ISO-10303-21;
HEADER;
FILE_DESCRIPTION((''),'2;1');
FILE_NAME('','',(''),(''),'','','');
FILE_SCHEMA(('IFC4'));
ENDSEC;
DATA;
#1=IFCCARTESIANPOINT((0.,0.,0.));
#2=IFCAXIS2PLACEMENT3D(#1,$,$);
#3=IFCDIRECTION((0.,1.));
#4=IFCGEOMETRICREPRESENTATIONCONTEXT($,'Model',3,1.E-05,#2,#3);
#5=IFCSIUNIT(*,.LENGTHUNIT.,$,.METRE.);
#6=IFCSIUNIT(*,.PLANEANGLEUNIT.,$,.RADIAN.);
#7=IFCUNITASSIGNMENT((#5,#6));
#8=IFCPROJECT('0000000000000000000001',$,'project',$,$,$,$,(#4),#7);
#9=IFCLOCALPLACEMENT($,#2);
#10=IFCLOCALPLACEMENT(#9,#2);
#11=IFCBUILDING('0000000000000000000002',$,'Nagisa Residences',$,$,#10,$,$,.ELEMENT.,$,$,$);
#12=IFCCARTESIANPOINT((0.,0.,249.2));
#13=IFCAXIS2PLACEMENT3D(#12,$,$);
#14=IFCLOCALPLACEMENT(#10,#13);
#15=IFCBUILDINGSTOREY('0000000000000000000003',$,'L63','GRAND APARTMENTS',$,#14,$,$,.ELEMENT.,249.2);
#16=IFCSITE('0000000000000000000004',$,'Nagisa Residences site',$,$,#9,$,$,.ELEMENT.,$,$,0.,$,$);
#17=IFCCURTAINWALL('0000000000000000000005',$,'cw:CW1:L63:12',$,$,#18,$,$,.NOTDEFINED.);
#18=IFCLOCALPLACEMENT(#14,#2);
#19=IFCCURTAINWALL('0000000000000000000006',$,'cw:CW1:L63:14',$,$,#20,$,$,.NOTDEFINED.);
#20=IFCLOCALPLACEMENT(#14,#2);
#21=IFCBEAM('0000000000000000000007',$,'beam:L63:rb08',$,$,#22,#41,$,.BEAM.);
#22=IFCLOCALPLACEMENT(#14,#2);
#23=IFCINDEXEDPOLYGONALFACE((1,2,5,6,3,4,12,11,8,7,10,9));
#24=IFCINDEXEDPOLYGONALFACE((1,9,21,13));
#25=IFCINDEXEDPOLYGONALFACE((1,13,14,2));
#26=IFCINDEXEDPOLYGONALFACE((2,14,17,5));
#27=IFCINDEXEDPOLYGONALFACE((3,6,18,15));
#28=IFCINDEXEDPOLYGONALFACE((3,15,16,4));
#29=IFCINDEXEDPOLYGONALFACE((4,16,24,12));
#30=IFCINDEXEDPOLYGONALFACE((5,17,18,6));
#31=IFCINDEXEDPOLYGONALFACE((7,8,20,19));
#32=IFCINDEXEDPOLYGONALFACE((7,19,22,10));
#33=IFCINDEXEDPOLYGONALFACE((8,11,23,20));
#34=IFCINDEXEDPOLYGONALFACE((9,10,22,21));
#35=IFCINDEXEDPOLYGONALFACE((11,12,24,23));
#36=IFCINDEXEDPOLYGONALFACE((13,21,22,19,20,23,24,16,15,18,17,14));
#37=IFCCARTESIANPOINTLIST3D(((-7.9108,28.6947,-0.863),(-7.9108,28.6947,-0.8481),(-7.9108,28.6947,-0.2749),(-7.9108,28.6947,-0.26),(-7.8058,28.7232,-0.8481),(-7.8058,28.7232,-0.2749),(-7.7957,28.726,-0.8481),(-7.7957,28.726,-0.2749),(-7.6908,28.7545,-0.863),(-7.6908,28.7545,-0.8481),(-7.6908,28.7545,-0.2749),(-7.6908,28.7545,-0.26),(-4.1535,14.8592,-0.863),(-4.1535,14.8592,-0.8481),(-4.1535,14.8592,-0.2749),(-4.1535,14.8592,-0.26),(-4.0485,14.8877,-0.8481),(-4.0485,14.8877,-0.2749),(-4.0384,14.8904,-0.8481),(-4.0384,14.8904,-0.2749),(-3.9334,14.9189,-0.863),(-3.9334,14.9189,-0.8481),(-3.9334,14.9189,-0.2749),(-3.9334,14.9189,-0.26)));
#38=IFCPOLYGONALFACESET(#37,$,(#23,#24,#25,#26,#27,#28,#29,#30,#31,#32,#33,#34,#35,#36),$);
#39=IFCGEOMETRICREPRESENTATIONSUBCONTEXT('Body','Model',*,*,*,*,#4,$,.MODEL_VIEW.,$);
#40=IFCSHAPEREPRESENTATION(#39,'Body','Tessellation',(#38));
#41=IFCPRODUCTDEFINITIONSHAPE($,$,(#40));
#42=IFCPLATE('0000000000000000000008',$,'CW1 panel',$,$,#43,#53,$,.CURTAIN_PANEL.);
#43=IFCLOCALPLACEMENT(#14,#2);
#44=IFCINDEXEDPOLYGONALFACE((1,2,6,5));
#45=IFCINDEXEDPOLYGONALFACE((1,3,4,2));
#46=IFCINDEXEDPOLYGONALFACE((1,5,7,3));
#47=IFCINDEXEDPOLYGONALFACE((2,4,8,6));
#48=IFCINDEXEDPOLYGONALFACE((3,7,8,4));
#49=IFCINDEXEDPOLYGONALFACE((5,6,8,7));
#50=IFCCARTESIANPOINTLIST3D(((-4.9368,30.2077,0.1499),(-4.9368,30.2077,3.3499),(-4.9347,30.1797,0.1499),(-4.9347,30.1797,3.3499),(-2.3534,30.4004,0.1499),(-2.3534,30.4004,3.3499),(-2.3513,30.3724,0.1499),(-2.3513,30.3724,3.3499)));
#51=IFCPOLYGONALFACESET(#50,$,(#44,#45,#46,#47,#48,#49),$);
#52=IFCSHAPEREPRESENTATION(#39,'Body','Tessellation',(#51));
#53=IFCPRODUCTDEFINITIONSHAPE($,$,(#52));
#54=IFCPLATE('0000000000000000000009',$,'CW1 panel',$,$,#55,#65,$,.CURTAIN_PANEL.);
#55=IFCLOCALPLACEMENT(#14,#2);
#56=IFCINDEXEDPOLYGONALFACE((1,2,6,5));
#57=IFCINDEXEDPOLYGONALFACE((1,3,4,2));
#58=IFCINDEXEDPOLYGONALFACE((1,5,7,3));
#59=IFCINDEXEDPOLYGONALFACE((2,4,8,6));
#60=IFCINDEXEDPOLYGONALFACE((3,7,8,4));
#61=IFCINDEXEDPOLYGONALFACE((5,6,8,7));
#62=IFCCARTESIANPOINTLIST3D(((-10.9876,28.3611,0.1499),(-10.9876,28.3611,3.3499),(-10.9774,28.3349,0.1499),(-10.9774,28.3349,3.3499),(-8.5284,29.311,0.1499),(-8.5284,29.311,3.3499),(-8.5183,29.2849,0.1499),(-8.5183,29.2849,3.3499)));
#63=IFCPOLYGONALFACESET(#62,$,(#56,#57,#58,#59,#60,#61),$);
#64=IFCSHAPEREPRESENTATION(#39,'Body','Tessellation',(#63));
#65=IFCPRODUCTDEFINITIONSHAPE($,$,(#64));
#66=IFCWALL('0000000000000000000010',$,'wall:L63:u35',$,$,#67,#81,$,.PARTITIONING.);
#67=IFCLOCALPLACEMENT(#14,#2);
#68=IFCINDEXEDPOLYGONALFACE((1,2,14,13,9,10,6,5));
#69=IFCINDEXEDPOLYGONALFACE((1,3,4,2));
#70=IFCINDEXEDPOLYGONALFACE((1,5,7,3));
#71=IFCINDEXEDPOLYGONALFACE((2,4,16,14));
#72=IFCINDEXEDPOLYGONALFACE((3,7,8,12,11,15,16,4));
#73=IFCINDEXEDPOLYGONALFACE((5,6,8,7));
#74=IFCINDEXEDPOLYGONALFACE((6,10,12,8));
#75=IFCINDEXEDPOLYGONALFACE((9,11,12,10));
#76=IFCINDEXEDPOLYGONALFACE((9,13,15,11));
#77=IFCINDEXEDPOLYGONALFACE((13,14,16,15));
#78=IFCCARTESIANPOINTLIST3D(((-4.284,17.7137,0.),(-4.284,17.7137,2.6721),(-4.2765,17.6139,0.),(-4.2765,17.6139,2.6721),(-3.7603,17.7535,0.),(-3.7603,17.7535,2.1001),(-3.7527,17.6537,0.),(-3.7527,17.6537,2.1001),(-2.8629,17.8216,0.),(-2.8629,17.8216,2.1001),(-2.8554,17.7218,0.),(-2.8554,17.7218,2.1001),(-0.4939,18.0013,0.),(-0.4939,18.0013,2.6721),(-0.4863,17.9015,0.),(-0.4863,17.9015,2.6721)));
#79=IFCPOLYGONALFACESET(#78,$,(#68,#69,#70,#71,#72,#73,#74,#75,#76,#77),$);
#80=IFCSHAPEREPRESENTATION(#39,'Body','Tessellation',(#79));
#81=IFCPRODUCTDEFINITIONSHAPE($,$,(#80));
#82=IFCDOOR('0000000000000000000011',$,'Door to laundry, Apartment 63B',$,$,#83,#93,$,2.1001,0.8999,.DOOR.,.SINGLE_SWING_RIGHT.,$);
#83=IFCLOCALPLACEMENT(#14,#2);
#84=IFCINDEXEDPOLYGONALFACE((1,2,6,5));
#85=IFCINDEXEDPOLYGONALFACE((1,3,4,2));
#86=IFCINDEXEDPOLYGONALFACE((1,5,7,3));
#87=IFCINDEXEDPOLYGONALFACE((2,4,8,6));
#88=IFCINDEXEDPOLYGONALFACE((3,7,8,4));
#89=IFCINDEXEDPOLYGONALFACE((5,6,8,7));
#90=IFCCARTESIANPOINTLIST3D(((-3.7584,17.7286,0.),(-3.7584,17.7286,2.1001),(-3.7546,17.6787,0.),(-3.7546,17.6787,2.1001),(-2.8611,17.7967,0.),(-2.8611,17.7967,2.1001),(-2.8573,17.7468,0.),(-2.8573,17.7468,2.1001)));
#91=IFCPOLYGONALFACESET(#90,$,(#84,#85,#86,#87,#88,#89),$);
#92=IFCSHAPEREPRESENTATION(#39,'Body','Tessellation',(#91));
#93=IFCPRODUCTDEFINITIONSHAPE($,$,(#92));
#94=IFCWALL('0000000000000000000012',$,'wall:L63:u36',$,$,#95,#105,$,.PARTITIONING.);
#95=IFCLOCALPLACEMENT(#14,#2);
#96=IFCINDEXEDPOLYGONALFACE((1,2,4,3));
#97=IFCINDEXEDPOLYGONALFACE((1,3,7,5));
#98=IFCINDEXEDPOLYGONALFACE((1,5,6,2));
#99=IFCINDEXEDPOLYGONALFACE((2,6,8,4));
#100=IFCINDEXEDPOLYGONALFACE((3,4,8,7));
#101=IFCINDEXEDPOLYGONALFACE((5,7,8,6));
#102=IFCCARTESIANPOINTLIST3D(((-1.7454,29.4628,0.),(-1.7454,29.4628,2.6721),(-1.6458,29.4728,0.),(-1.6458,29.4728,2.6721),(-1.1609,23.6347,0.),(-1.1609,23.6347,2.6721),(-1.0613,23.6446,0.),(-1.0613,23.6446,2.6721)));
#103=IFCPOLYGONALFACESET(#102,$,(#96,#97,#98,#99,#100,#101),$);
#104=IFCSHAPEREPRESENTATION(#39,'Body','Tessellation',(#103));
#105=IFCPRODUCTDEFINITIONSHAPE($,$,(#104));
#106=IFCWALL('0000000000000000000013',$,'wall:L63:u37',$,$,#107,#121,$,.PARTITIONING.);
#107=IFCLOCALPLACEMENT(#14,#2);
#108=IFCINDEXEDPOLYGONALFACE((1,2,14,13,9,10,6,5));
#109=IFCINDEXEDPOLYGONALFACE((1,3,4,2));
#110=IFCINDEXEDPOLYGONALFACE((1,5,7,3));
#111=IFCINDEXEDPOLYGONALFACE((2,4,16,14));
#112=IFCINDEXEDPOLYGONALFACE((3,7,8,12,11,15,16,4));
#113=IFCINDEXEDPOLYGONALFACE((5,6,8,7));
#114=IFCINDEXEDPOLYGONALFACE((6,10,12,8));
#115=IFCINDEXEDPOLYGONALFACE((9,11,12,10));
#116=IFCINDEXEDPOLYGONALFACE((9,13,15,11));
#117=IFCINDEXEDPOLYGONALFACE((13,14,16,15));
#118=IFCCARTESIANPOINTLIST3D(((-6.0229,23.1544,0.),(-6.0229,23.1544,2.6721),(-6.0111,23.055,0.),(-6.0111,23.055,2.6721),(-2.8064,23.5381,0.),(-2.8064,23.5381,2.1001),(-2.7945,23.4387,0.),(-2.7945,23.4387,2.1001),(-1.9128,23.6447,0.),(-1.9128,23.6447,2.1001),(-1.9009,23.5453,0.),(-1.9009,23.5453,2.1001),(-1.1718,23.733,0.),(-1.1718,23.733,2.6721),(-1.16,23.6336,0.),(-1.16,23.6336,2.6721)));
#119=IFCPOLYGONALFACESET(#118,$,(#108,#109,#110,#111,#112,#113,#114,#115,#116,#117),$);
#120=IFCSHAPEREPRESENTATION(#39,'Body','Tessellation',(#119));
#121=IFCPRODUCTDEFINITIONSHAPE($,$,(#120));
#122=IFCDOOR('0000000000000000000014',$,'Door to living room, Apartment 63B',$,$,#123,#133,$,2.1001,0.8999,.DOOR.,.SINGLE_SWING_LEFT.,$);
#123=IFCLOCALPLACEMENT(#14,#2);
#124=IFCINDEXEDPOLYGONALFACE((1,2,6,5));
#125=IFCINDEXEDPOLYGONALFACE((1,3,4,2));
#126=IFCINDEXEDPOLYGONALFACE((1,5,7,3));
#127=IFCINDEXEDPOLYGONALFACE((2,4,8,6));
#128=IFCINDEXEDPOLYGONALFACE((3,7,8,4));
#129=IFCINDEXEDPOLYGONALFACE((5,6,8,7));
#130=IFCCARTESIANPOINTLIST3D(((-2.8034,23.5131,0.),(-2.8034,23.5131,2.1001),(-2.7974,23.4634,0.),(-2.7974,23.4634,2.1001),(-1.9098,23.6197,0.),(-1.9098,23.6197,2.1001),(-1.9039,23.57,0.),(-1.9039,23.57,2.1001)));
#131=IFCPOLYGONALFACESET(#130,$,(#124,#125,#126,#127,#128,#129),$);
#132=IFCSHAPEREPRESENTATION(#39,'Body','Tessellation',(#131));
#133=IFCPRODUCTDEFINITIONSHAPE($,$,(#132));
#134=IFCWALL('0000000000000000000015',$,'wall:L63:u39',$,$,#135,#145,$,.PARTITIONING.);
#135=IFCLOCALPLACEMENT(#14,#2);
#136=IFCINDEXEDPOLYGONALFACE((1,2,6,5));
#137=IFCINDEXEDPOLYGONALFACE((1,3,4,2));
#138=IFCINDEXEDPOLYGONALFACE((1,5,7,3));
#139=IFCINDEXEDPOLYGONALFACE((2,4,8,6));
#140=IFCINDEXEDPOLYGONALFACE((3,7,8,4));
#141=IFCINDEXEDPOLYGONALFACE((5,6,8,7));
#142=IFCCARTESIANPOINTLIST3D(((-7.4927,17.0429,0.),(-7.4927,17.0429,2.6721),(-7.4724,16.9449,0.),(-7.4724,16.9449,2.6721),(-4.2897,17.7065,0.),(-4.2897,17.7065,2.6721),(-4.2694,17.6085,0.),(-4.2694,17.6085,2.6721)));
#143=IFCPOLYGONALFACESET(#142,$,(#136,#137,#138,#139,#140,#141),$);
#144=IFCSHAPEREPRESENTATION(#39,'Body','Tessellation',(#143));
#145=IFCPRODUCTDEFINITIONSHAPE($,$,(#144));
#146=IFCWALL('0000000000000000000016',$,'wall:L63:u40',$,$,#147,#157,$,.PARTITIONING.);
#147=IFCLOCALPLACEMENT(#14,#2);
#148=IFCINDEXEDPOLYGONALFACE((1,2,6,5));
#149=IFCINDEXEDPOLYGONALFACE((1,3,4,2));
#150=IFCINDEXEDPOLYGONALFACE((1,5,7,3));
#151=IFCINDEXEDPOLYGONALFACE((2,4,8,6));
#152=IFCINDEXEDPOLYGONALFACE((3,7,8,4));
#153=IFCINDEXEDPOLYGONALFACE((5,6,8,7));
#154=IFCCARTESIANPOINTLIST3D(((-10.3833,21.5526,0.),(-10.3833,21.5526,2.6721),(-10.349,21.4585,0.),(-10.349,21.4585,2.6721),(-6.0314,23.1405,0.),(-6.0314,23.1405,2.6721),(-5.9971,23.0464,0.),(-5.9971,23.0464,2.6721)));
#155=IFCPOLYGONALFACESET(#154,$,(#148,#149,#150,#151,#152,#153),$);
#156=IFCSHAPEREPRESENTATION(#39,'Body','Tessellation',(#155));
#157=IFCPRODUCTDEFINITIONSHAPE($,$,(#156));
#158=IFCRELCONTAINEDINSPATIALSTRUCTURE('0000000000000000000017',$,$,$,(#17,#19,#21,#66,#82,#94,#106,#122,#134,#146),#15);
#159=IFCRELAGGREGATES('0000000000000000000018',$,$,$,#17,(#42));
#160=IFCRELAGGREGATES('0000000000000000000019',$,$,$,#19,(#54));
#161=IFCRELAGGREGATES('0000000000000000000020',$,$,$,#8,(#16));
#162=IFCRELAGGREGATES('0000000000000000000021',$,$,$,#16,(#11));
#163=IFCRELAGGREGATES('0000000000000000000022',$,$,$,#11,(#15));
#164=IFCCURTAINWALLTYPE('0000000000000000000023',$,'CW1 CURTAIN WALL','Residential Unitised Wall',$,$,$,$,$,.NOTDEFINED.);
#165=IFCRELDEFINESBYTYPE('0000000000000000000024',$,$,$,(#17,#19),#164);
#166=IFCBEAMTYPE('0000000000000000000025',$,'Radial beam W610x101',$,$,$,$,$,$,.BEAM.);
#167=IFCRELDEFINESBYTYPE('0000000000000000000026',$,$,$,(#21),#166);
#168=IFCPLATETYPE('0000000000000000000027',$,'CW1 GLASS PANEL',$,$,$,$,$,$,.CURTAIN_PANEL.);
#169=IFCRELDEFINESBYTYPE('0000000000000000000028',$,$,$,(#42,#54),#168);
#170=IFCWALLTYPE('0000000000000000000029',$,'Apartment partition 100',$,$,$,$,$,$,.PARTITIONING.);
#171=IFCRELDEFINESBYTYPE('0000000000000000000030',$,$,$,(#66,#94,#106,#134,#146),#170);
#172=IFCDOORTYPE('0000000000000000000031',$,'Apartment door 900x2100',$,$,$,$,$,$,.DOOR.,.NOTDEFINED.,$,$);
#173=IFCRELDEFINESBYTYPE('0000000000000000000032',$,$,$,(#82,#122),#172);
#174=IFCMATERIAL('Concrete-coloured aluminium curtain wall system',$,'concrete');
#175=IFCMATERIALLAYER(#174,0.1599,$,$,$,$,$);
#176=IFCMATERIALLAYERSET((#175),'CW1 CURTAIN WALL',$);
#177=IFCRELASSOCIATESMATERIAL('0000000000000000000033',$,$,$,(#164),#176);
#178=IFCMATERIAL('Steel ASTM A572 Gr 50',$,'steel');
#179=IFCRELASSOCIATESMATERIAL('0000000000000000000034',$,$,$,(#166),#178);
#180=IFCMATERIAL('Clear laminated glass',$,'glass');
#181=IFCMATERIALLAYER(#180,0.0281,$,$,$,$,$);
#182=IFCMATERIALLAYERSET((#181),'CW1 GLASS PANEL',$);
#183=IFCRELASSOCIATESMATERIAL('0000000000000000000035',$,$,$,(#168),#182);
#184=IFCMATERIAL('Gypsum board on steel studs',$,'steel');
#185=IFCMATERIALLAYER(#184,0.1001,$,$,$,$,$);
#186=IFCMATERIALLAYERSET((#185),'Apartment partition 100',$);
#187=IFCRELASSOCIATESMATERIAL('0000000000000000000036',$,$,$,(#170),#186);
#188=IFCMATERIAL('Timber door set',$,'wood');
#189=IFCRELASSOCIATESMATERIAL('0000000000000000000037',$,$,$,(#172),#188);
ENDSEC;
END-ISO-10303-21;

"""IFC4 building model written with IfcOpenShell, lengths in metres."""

from ifc_helpers import new_model, si_unit, direction, frame, frame_2d, origin, origin_2d, place, context, subcontext, project, spatial, rectangle, i_section, extrude, material, layer, layer_set, material_profile, profile_set, type_object, element, fill, aggregate, save


model = new_model("IFC4")

# Units and contexts
model_context = context("Model", 3, precision=1e-05, world=origin(), true_north=direction((0.0, 1.0)))
body_context = subcontext(model_context, "Body", "Model", "MODEL_VIEW")
ifc_project = project(units=[si_unit("LENGTHUNIT", "METRE"), si_unit("PLANEANGLEUNIT", "RADIAN")], contexts=[model_context])

# Site, building, storey
site_placement = place(None, origin())
site = spatial("IfcSite", under=ifc_project, at=site_placement, Name="Nagisa Residences site", CompositionType="ELEMENT", RefElevation=0.0)
building_placement = place(site_placement, origin())
building = spatial("IfcBuilding", under=site, at=building_placement, Name="Nagisa Residences", CompositionType="ELEMENT")
storey_placement = place(building_placement, frame((0.0, 0.0, 249.2)))
storey = spatial("IfcBuildingStorey", under=building, at=storey_placement, Name="L63", Description="GRAND APARTMENTS", CompositionType="ELEMENT", Elevation=249.2)

# Curtain walls
ifc_material_1 = material(Name="Concrete-coloured aluminium curtain wall system", Category="concrete")
ifc_layer_1 = layer(ifc_material_1, 0.1599)
ifc_layer_set_1 = layer_set([ifc_layer_1], Name="CW1 CURTAIN WALL")
curtain_wall_type = type_object("IfcCurtainWallType", Name="CW1 CURTAIN WALL", Description="Residential Unitised Wall", PredefinedType="NOTDEFINED", material=ifc_layer_set_1)
curtain_wall_1_placement = place(storey_placement, origin())
curtain_wall_1 = element("IfcCurtainWall", 1, at=curtain_wall_1_placement, inside=storey, type_object=curtain_wall_type, Name="cw:CW1:L63:12", PredefinedType="NOTDEFINED")
curtain_wall_2_placement = place(storey_placement, origin())
curtain_wall_2 = element("IfcCurtainWall", 2, at=curtain_wall_2_placement, inside=storey, type_object=curtain_wall_type, Name="cw:CW1:L63:14", PredefinedType="NOTDEFINED")

# Beam
ifc_material_2 = material(Name="Steel ASTM A572 Gr 50", Category="steel")
ifc_material_profile_1 = material_profile(ifc_material_2, i_section(OverallWidth=0.228, OverallDepth=0.603, WebThickness=0.0105, FlangeThickness=0.0149, at=origin_2d()), Name="W610x101")
ifc_profile_set_1 = profile_set([ifc_material_profile_1], Name="Steel ASTM A572 Gr 50")
beam_type_1 = type_object("IfcBeamType", Name="Radial beam W610x101", PredefinedType="BEAM", material=ifc_profile_set_1)
beam_1_placement = place(storey_placement, frame((-7.8008, 28.7246, -0.5615), z_axis=(0.26208, -0.965046, 0.0), x_axis=(0.965046, 0.26208, 0.0)))
element("IfcBeam", 3, at=beam_1_placement, inside=storey, type_object=beam_type_1, Name="beam:L63:rb08", PredefinedType="BEAM", context=body_context, shape_type="SweptSolid", body=[
    extrude(i_section(OverallWidth=0.228, OverallDepth=0.603, WebThickness=0.0105, FlangeThickness=0.0149, at=origin_2d()), origin(), (0.0, 0.0, 1.0), 14.3367),
])

# Plates
ifc_material_3 = material(Name="Clear laminated glass", Category="glass")
ifc_layer_2 = layer(ifc_material_3, 0.0281)
ifc_layer_set_2 = layer_set([ifc_layer_2], Name="CW1 GLASS PANEL")
plate_type = type_object("IfcPlateType", Name="CW1 GLASS PANEL", PredefinedType="CURTAIN_PANEL", material=ifc_layer_set_2)
plate_1_placement = place(storey_placement, frame((-3.644, 30.29, 0.1499), z_axis=(0.0, 0.0, 1.0), x_axis=(-0.99723, -0.074377, 0.0)))
plate_1 = element("IfcPlate", 4, at=plate_1_placement, type_object=plate_type, Name="CW1 panel", PredefinedType="CURTAIN_PANEL", context=body_context, shape_type="SweptSolid", body=[
    extrude(rectangle(XDim=2.5906, YDim=0.0281, at=origin_2d()), origin(), (0.0, 0.0, 1.0), 3.2),
])
aggregate(curtain_wall_1, [plate_1])
plate_2_placement = place(storey_placement, frame((-9.7529, 28.823, 0.1499), z_axis=(0.0, 0.0, 1.0), x_axis=(-0.932826, -0.360328, 0.0)))
plate_2 = element("IfcPlate", 5, at=plate_2_placement, type_object=plate_type, Name="CW1 panel", PredefinedType="CURTAIN_PANEL", context=body_context, shape_type="SweptSolid", body=[
    extrude(rectangle(XDim=2.6362, YDim=0.0281, at=origin_2d()), origin(), (0.0, 0.0, 1.0), 3.2),
])
aggregate(curtain_wall_2, [plate_2])

# Wall, opening, door
ifc_material_4 = material(Name="Gypsum board on steel studs", Category="steel")
ifc_layer_3 = layer(ifc_material_4, 0.1001)
ifc_layer_set_3 = layer_set([ifc_layer_3], Name="Apartment partition 100")
wall_type_1 = type_object("IfcWallType", Name="Apartment partition 100", PredefinedType="PARTITIONING", material=ifc_layer_set_3)
wall_1_placement = place(storey_placement, frame((-0.4902, 17.9514, 0.0), z_axis=(0.0, 0.0, 1.0), x_axis=(-0.997133, -0.075665, 0.0)))
wall_1 = element("IfcWall", 6, at=wall_1_placement, inside=storey, type_object=wall_type_1, Name="wall:L63:u35", PredefinedType="PARTITIONING", context=body_context, shape_type="SweptSolid", body=[
    extrude(rectangle(XDim=3.801, YDim=0.1001, at=frame_2d((1.9004, 0.0))), origin(), (0.0, 0.0, 1.0), 2.6721),
])
opening_1_placement = place(wall_1_placement, frame((2.3757, 0.0, 0.0)))
opening_1 = element("IfcOpeningElement", 7, at=opening_1_placement, cuts=wall_1, PredefinedType="OPENING", context=body_context, shape_type="SweptSolid", body=[
    extrude(rectangle(XDim=0.8999, YDim=2.1001, at=frame_2d((0.45, 1.05))), frame((0.0, 0.0601, 0.0), z_axis=(0.0, -1.0, 0.0), x_axis=(1.0, 0.0, 0.0)), (0.0, 0.0, 1.0), 0.1201),
])
ifc_material_5 = material(Name="Timber door set", Category="wood")
door_type_1 = type_object("IfcDoorType", Name="Apartment door 900x2100", OperationType="NOTDEFINED", PredefinedType="DOOR", material=ifc_material_5)
door_1_placement = place(opening_1_placement, origin())
door_1 = element("IfcDoor", 8, at=door_1_placement, inside=storey, type_object=door_type_1, Name="Door to laundry, Apartment 63B", OperationType="SINGLE_SWING_RIGHT", OverallHeight=2.1001, OverallWidth=0.8999, PredefinedType="DOOR", context=body_context, shape_type="SweptSolid", body=[
    extrude(rectangle(XDim=0.8999, YDim=2.1001, at=frame_2d((0.45, 1.05))), frame((0.0, 0.0249, 0.0), z_axis=(0.0, -1.0, 0.0), x_axis=(1.0, 0.0, 0.0)), (0.0, 0.0, 1.0), 0.05),
])
fill(opening_1, door_1)

# Wall
wall_2_placement = place(storey_placement, frame((-1.1111, 23.6396, 0.0), z_axis=(0.0, 0.0, 1.0), x_axis=(-0.099784, 0.995009, 0.0)))
element("IfcWall", 9, at=wall_2_placement, inside=storey, type_object=wall_type_1, Name="wall:L63:u36", PredefinedType="PARTITIONING", context=body_context, shape_type="SweptSolid", body=[
    extrude(rectangle(XDim=5.8574, YDim=0.1001, at=frame_2d((2.9287, 0.0))), origin(), (0.0, 0.0, 1.0), 2.6721),
])

# Wall, opening, door
wall_3_placement = place(storey_placement, frame((-1.1658, 23.6833, 0.0), z_axis=(0.0, 0.0, 1.0), x_axis=(-0.992962, -0.118436, 0.0)))
wall_3 = element("IfcWall", 10, at=wall_3_placement, inside=storey, type_object=wall_type_1, Name="wall:L63:u37", PredefinedType="PARTITIONING", context=body_context, shape_type="SweptSolid", body=[
    extrude(rectangle(XDim=4.8855, YDim=0.1001, at=frame_2d((2.4429, 0.0))), origin(), (0.0, 0.0, 1.0), 2.6721),
])
opening_2_placement = place(wall_3_placement, frame((0.7463, 0.0, 0.0)))
opening_2 = element("IfcOpeningElement", 11, at=opening_2_placement, cuts=wall_3, PredefinedType="OPENING", context=body_context, shape_type="SweptSolid", body=[
    extrude(rectangle(XDim=0.8999, YDim=2.1001, at=frame_2d((0.45, 1.05))), frame((0.0, 0.0601, 0.0), z_axis=(0.0, -1.0, 0.0), x_axis=(1.0, 0.0, 0.0)), (0.0, 0.0, 1.0), 0.1201),
])
door_2_placement = place(opening_2_placement, frame((0.8999, 0.0, 0.0), x_axis=(-1.0, 0.0, 0.0)))
door_2 = element("IfcDoor", 12, at=door_2_placement, inside=storey, type_object=door_type_1, Name="Door to living room, Apartment 63B", OperationType="SINGLE_SWING_LEFT", OverallHeight=2.1001, OverallWidth=0.8999, PredefinedType="DOOR", context=body_context, shape_type="SweptSolid", body=[
    extrude(rectangle(XDim=0.8999, YDim=2.1001, at=frame_2d((0.45, 1.05))), frame((0.0, 0.0249, 0.0), z_axis=(0.0, -1.0, 0.0), x_axis=(1.0, 0.0, 0.0)), (0.0, 0.0, 1.0), 0.05),
])
fill(opening_2, door_2)

# Walls
wall_4_placement = place(storey_placement, frame((-4.2795, 17.6575, 0.0), z_axis=(0.0, 0.0, 1.0), x_axis=(-0.979205, -0.202872, 0.0)))
element("IfcWall", 13, at=wall_4_placement, inside=storey, type_object=wall_type_1, Name="wall:L63:u39", PredefinedType="PARTITIONING", context=body_context, shape_type="SweptSolid", body=[
    extrude(rectangle(XDim=3.271, YDim=0.1001, at=frame_2d((1.6355, 0.0))), origin(), (0.0, 0.0, 1.0), 2.6721),
])
wall_5_placement = place(storey_placement, frame((-6.0142, 23.0935, 0.0), z_axis=(0.0, 0.0, 1.0), x_axis=(-0.939417, -0.342775, 0.0)))
element("IfcWall", 14, at=wall_5_placement, inside=storey, type_object=wall_type_1, Name="wall:L63:u40", PredefinedType="PARTITIONING", context=body_context, shape_type="SweptSolid", body=[
    extrude(rectangle(XDim=4.6326, YDim=0.1001, at=frame_2d((2.3164, 0.0))), origin(), (0.0, 0.0, 1.0), 2.6721),
])

save(model, "model.ifc")
